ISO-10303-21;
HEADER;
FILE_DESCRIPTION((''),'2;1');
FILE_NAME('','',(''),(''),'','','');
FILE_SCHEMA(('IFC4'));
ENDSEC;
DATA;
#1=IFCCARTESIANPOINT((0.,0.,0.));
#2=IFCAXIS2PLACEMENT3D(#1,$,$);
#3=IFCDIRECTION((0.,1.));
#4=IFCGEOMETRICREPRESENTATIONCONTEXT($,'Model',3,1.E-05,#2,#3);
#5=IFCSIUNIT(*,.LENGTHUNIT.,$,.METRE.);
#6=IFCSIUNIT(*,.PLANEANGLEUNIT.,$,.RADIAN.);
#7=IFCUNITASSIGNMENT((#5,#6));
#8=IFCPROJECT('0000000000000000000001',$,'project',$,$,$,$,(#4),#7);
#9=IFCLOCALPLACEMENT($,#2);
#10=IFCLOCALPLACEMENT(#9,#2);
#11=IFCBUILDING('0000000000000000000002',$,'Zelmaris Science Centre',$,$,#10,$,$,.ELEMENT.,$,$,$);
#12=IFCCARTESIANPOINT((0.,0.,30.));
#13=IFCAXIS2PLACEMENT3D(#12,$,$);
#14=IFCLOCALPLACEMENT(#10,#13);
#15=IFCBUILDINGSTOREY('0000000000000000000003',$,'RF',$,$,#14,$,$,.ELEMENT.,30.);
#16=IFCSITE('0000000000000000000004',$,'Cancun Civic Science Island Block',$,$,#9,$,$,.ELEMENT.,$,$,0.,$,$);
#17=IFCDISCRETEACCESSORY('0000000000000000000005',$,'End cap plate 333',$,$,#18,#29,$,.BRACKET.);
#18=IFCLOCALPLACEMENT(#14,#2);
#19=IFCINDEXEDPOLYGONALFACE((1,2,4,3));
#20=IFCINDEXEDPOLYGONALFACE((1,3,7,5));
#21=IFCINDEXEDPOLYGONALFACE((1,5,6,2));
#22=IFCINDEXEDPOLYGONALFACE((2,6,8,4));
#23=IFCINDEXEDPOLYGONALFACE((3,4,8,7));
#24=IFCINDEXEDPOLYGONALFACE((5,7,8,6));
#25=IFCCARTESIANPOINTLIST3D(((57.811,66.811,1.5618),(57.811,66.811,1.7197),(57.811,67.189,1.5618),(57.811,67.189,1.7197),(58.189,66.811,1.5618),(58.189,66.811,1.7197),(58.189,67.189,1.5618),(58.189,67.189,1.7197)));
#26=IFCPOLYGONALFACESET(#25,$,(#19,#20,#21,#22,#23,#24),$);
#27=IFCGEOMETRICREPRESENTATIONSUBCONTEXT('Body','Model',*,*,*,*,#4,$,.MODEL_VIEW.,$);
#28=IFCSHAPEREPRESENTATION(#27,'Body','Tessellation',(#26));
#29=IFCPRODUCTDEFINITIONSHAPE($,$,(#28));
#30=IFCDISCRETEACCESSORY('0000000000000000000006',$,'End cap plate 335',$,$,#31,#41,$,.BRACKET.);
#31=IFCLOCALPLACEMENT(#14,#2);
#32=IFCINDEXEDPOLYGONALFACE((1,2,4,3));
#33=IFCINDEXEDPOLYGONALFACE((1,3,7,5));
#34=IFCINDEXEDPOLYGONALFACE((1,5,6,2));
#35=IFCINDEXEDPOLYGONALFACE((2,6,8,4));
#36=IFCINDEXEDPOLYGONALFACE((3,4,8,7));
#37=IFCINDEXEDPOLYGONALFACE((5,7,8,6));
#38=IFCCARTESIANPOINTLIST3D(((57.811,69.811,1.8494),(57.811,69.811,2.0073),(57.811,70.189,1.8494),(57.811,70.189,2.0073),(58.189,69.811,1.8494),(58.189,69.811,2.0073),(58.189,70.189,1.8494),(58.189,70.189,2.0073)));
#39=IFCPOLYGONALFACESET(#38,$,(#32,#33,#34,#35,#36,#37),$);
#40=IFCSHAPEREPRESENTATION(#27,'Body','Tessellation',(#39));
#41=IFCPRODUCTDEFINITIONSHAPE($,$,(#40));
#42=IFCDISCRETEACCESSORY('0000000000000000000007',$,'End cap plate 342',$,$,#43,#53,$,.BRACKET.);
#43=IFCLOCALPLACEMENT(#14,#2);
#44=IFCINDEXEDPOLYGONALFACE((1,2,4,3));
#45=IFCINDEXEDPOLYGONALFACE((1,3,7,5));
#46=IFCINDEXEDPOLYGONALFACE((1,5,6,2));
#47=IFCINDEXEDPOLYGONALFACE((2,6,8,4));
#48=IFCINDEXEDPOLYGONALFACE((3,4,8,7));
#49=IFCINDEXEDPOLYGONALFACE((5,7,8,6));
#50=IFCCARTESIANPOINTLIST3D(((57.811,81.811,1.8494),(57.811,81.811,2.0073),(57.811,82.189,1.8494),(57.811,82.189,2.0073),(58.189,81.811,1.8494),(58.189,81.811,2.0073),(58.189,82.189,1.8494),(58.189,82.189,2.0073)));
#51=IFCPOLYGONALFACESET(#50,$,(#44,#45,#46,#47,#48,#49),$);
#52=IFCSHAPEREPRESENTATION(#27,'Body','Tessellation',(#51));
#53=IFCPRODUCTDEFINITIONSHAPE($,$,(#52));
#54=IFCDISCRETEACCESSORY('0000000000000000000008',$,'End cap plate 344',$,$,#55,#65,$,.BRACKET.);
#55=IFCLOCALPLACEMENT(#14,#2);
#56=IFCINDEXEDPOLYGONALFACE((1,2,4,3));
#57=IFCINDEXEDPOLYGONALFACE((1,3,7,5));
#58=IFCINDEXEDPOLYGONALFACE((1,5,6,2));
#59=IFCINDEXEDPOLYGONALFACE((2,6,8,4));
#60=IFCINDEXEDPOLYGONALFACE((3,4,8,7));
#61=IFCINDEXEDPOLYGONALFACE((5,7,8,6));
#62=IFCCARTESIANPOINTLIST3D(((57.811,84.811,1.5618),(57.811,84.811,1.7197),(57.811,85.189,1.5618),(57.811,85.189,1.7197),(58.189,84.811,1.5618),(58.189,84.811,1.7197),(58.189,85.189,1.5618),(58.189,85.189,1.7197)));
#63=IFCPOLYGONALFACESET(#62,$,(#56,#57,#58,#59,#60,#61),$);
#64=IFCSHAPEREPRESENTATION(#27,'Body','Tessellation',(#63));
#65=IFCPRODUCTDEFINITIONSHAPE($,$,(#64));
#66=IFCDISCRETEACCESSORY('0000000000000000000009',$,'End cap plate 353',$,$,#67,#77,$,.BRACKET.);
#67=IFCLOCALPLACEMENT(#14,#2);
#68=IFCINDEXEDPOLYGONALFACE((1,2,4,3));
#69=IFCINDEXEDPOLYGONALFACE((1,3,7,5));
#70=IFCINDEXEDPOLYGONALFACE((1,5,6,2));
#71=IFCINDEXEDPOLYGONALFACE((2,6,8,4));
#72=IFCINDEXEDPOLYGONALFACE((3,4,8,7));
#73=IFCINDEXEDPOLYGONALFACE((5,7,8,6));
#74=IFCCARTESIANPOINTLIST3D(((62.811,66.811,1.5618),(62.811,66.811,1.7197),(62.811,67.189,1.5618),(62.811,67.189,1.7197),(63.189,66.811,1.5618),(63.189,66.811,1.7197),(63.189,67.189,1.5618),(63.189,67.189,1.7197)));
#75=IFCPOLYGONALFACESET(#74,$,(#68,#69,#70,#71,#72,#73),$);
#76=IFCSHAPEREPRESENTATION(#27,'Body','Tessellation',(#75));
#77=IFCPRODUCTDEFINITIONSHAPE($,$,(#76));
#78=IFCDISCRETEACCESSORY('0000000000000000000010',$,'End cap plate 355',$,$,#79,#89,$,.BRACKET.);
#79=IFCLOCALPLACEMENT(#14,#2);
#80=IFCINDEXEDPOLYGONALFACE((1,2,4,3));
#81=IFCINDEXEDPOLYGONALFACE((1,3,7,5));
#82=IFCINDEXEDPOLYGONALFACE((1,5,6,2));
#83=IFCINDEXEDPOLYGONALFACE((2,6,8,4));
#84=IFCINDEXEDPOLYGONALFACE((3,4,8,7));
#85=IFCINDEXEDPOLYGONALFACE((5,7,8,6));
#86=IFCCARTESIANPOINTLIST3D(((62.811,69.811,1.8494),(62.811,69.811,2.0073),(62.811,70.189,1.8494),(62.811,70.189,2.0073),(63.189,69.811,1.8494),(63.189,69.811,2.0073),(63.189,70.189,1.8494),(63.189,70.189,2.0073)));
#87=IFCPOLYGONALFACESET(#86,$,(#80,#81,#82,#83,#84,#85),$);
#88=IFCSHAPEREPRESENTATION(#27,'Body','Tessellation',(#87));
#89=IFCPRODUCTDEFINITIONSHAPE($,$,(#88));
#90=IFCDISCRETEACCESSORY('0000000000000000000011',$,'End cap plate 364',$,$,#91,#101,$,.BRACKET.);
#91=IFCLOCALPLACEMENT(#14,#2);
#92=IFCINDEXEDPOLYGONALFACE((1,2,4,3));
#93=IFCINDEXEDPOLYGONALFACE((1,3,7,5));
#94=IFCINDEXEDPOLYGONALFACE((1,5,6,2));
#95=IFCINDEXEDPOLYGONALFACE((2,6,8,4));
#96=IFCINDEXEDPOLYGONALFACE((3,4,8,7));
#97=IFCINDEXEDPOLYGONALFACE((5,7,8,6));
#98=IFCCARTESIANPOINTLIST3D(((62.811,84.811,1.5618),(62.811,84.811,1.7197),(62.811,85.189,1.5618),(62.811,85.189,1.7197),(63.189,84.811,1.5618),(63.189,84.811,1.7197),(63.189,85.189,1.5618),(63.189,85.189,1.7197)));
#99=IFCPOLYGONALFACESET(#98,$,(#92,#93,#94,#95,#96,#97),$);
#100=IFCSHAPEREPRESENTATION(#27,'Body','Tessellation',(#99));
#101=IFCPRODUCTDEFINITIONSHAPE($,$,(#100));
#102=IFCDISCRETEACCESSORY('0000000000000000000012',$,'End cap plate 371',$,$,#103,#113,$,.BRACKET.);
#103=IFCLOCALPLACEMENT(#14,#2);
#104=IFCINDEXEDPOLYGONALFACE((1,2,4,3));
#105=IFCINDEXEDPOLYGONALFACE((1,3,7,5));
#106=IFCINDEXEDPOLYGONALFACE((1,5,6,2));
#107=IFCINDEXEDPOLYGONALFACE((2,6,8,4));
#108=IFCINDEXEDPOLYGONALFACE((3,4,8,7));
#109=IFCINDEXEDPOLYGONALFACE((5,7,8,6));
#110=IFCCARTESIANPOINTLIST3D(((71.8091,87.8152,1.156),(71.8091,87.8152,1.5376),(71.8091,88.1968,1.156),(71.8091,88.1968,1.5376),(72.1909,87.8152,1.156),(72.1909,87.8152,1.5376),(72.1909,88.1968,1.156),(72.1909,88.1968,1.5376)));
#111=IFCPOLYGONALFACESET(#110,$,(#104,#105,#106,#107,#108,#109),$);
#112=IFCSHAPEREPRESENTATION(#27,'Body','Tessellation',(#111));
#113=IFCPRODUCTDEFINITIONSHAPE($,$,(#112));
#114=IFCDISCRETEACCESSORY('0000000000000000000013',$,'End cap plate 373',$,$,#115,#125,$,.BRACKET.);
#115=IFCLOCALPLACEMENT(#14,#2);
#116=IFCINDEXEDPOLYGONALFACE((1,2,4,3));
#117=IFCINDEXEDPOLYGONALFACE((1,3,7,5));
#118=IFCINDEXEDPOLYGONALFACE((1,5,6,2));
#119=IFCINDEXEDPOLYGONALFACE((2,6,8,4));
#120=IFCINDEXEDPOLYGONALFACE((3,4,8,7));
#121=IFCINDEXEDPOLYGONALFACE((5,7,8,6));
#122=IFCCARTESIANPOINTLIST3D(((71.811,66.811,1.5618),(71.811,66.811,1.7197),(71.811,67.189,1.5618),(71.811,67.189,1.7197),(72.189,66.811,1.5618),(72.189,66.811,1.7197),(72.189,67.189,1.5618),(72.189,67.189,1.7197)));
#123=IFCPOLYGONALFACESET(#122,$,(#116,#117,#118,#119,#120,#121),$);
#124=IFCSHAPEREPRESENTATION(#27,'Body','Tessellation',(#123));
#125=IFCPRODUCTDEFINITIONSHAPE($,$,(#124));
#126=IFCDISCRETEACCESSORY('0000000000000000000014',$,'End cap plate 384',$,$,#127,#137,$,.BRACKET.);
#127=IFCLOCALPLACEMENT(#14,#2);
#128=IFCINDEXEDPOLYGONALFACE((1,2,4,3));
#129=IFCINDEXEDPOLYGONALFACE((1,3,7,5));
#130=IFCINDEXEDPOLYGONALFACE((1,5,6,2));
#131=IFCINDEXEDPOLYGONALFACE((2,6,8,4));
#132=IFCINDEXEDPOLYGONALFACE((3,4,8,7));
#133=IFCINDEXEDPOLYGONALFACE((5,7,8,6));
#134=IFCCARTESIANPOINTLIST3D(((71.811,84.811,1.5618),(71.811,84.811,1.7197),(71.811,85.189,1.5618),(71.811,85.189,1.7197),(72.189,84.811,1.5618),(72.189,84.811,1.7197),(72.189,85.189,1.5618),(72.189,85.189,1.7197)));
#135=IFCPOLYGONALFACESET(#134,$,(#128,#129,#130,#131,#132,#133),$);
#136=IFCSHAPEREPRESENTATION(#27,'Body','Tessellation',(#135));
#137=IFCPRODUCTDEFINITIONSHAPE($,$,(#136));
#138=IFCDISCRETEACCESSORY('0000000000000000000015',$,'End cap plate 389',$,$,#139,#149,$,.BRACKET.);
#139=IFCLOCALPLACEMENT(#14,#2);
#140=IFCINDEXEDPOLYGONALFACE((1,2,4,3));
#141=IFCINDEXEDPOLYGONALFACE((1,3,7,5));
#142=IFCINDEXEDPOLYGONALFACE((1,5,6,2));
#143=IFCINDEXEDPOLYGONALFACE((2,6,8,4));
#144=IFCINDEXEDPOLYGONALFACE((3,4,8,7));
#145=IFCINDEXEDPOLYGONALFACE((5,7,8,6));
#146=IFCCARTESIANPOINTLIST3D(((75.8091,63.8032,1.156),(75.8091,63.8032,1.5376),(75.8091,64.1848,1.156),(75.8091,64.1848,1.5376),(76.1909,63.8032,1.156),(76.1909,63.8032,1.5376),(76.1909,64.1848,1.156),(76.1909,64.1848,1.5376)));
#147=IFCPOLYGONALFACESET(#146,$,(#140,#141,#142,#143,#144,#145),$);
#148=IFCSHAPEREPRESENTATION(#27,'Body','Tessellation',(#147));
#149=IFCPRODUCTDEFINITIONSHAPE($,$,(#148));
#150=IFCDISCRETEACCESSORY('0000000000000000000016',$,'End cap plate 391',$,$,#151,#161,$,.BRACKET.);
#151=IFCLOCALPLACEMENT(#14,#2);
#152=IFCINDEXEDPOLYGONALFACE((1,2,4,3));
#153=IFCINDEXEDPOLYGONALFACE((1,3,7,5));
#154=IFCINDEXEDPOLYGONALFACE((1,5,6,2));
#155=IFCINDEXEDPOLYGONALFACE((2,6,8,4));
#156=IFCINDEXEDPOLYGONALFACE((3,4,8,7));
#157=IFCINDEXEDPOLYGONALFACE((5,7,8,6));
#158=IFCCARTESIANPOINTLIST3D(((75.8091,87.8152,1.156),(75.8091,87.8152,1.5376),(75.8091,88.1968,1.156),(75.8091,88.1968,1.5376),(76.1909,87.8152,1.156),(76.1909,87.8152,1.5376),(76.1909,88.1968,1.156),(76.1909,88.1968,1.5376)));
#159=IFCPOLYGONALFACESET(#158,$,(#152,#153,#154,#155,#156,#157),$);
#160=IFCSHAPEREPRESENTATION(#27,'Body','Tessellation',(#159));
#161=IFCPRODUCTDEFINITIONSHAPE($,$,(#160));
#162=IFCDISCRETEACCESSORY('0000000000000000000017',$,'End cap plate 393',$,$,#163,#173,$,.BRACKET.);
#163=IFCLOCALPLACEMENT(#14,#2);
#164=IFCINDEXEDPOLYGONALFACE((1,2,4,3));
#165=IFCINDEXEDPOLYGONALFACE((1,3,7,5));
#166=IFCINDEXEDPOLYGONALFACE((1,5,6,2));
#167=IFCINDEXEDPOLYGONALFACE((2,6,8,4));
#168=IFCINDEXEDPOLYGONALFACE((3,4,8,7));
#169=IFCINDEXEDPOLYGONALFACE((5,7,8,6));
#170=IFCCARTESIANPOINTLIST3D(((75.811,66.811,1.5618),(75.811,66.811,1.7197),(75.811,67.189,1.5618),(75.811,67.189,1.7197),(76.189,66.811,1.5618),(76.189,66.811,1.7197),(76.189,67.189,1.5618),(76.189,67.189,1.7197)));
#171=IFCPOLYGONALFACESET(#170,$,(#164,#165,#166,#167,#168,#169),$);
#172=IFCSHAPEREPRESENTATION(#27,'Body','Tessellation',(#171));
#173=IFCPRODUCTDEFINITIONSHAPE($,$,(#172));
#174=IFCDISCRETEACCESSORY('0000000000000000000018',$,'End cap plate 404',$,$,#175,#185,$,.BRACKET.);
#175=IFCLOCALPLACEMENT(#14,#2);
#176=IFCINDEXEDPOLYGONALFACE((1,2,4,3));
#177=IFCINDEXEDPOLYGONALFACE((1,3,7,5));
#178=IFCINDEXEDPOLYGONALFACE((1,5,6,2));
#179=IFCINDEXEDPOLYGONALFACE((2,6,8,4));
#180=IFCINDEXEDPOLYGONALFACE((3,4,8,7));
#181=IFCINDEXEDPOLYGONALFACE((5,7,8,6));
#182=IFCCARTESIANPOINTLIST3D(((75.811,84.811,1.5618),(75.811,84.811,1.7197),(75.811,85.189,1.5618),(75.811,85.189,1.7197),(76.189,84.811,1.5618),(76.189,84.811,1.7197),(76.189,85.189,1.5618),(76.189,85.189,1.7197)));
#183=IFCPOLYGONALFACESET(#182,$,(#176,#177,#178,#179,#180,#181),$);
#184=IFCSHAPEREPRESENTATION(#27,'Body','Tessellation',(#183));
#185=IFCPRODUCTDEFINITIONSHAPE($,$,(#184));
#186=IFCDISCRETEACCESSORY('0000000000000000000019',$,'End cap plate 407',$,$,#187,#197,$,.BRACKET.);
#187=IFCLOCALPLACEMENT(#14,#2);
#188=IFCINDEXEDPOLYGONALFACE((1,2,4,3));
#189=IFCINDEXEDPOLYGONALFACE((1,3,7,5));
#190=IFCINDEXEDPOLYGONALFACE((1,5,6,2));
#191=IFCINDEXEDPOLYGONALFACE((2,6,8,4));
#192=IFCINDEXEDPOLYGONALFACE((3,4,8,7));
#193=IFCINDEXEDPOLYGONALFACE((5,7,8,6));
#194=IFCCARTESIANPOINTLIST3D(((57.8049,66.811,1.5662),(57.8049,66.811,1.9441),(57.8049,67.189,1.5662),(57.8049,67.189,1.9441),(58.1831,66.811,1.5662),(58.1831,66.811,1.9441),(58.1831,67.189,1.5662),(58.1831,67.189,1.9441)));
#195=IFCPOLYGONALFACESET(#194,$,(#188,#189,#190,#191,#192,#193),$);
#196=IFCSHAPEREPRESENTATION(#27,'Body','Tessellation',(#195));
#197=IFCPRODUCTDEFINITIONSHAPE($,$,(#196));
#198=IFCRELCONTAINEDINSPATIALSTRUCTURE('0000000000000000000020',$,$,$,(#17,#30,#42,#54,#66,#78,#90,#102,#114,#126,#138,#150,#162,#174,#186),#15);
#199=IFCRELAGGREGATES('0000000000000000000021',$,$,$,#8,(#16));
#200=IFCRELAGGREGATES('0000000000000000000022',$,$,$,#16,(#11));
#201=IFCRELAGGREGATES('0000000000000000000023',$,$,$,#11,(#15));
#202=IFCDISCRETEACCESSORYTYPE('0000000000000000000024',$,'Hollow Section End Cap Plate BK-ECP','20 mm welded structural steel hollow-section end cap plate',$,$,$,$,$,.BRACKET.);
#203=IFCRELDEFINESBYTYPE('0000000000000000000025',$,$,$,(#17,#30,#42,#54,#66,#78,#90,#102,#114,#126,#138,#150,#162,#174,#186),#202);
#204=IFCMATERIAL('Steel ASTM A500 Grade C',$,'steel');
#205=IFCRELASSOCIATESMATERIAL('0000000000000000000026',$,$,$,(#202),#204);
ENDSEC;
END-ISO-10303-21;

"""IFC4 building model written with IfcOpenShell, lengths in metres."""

from ifc_helpers import new_model, si_unit, direction, frame, origin, place, context, subcontext, project, spatial, polyline, outline, extrude, material, type_object, element, save


model = new_model("IFC4")

# Units and contexts
model_context = context("Model", 3, precision=1e-05, world=origin(), true_north=direction((0.0, 1.0)))
body_context = subcontext(model_context, "Body", "Model", "MODEL_VIEW")
ifc_project = project(units=[si_unit("LENGTHUNIT", "METRE"), si_unit("PLANEANGLEUNIT", "RADIAN")], contexts=[model_context])

# Site, building, storey
site_placement = place(None, origin())
site = spatial("IfcSite", under=ifc_project, at=site_placement, Name="Cancun Civic Science Island Block", CompositionType="ELEMENT", RefElevation=0.0)
building_placement = place(site_placement, origin())
building = spatial("IfcBuilding", under=site, at=building_placement, Name="Zelmaris Science Centre", CompositionType="ELEMENT")
storey_placement = place(building_placement, frame((0.0, 0.0, 30.0)))
storey = spatial("IfcBuildingStorey", under=building, at=storey_placement, Name="RF", CompositionType="ELEMENT", Elevation=30.0)

# Discrete accessories
ifc_material = material(Name="Steel ASTM A500 Grade C", Category="steel")
discrete_accessory_type = type_object("IfcDiscreteAccessoryType", Name="Hollow Section End Cap Plate BK-ECP", Description="20 mm welded structural steel hollow-section end cap plate", PredefinedType="BRACKET", material=ifc_material)
discrete_accessory_1_placement = place(storey_placement, frame((0.0, 0.0, 1.5618)))
element("IfcDiscreteAccessory", 1, at=discrete_accessory_1_placement, inside=storey, type_object=discrete_accessory_type, Name="End cap plate 333", PredefinedType="BRACKET", context=body_context, shape_type="SweptSolid", body=[
    extrude(outline(polyline([(57.811, 66.811), (58.189, 66.811), (58.189, 67.189), (57.811, 67.189), (57.811, 66.811)])), origin(), (0.0, 0.0, 1.0), 0.158),
])
discrete_accessory_2_placement = place(storey_placement, frame((0.0, 0.0, 1.8494)))
element("IfcDiscreteAccessory", 2, at=discrete_accessory_2_placement, inside=storey, type_object=discrete_accessory_type, Name="End cap plate 335", PredefinedType="BRACKET", context=body_context, shape_type="SweptSolid", body=[
    extrude(outline(polyline([(57.811, 69.811), (58.189, 69.811), (58.189, 70.189), (57.811, 70.189), (57.811, 69.811)])), origin(), (0.0, 0.0, 1.0), 0.158),
])
discrete_accessory_3_placement = place(storey_placement, frame((0.0, 0.0, 1.8494)))
element("IfcDiscreteAccessory", 3, at=discrete_accessory_3_placement, inside=storey, type_object=discrete_accessory_type, Name="End cap plate 342", PredefinedType="BRACKET", context=body_context, shape_type="SweptSolid", body=[
    extrude(outline(polyline([(57.811, 81.811), (58.189, 81.811), (58.189, 82.189), (57.811, 82.189), (57.811, 81.811)])), origin(), (0.0, 0.0, 1.0), 0.158),
])
discrete_accessory_4_placement = place(storey_placement, frame((0.0, 0.0, 1.5618)))
element("IfcDiscreteAccessory", 4, at=discrete_accessory_4_placement, inside=storey, type_object=discrete_accessory_type, Name="End cap plate 344", PredefinedType="BRACKET", context=body_context, shape_type="SweptSolid", body=[
    extrude(outline(polyline([(57.811, 84.811), (58.189, 84.811), (58.189, 85.189), (57.811, 85.189), (57.811, 84.811)])), origin(), (0.0, 0.0, 1.0), 0.158),
])
discrete_accessory_5_placement = place(storey_placement, frame((0.0, 0.0, 1.5618)))
element("IfcDiscreteAccessory", 5, at=discrete_accessory_5_placement, inside=storey, type_object=discrete_accessory_type, Name="End cap plate 353", PredefinedType="BRACKET", context=body_context, shape_type="SweptSolid", body=[
    extrude(outline(polyline([(62.811, 66.811), (63.189, 66.811), (63.189, 67.189), (62.811, 67.189), (62.811, 66.811)])), origin(), (0.0, 0.0, 1.0), 0.158),
])
discrete_accessory_6_placement = place(storey_placement, frame((0.0, 0.0, 1.8494)))
element("IfcDiscreteAccessory", 6, at=discrete_accessory_6_placement, inside=storey, type_object=discrete_accessory_type, Name="End cap plate 355", PredefinedType="BRACKET", context=body_context, shape_type="SweptSolid", body=[
    extrude(outline(polyline([(62.811, 69.811), (63.189, 69.811), (63.189, 70.189), (62.811, 70.189), (62.811, 69.811)])), origin(), (0.0, 0.0, 1.0), 0.158),
])
discrete_accessory_7_placement = place(storey_placement, frame((0.0, 0.0, 1.5618)))
element("IfcDiscreteAccessory", 7, at=discrete_accessory_7_placement, inside=storey, type_object=discrete_accessory_type, Name="End cap plate 364", PredefinedType="BRACKET", context=body_context, shape_type="SweptSolid", body=[
    extrude(outline(polyline([(62.811, 84.811), (63.189, 84.811), (63.189, 85.189), (62.811, 85.189), (62.811, 84.811)])), origin(), (0.0, 0.0, 1.0), 0.158),
])
discrete_accessory_8_placement = place(storey_placement, frame((0.0, 0.0, 1.156)))
element("IfcDiscreteAccessory", 8, at=discrete_accessory_8_placement, inside=storey, type_object=discrete_accessory_type, Name="End cap plate 371", PredefinedType="BRACKET", context=body_context, shape_type="SweptSolid", body=[
    extrude(outline(polyline([(71.8091, 87.8152), (72.1909, 87.8152), (72.1909, 88.1968), (71.8091, 88.1968), (71.8091, 87.8152)])), origin(), (0.0, 0.0, 1.0), 0.3816),
])
discrete_accessory_9_placement = place(storey_placement, frame((0.0, 0.0, 1.5618)))
element("IfcDiscreteAccessory", 9, at=discrete_accessory_9_placement, inside=storey, type_object=discrete_accessory_type, Name="End cap plate 373", PredefinedType="BRACKET", context=body_context, shape_type="SweptSolid", body=[
    extrude(outline(polyline([(71.811, 66.811), (72.189, 66.811), (72.189, 67.189), (71.811, 67.189), (71.811, 66.811)])), origin(), (0.0, 0.0, 1.0), 0.158),
])
discrete_accessory_10_placement = place(storey_placement, frame((0.0, 0.0, 1.5618)))
element("IfcDiscreteAccessory", 10, at=discrete_accessory_10_placement, inside=storey, type_object=discrete_accessory_type, Name="End cap plate 384", PredefinedType="BRACKET", context=body_context, shape_type="SweptSolid", body=[
    extrude(outline(polyline([(71.811, 84.811), (72.189, 84.811), (72.189, 85.189), (71.811, 85.189), (71.811, 84.811)])), origin(), (0.0, 0.0, 1.0), 0.158),
])
discrete_accessory_11_placement = place(storey_placement, frame((0.0, 0.0, 1.156)))
element("IfcDiscreteAccessory", 11, at=discrete_accessory_11_placement, inside=storey, type_object=discrete_accessory_type, Name="End cap plate 389", PredefinedType="BRACKET", context=body_context, shape_type="SweptSolid", body=[
    extrude(outline(polyline([(75.8091, 63.8032), (76.1909, 63.8032), (76.1909, 64.1848), (75.8091, 64.1848), (75.8091, 63.8032)])), origin(), (0.0, 0.0, 1.0), 0.3816),
])
discrete_accessory_12_placement = place(storey_placement, frame((0.0, 0.0, 1.156)))
element("IfcDiscreteAccessory", 12, at=discrete_accessory_12_placement, inside=storey, type_object=discrete_accessory_type, Name="End cap plate 391", PredefinedType="BRACKET", context=body_context, shape_type="SweptSolid", body=[
    extrude(outline(polyline([(75.8091, 87.8152), (76.1909, 87.8152), (76.1909, 88.1968), (75.8091, 88.1968), (75.8091, 87.8152)])), origin(), (0.0, 0.0, 1.0), 0.3816),
])
discrete_accessory_13_placement = place(storey_placement, frame((0.0, 0.0, 1.5618)))
element("IfcDiscreteAccessory", 13, at=discrete_accessory_13_placement, inside=storey, type_object=discrete_accessory_type, Name="End cap plate 393", PredefinedType="BRACKET", context=body_context, shape_type="SweptSolid", body=[
    extrude(outline(polyline([(75.811, 66.811), (76.189, 66.811), (76.189, 67.189), (75.811, 67.189), (75.811, 66.811)])), origin(), (0.0, 0.0, 1.0), 0.158),
])
discrete_accessory_14_placement = place(storey_placement, frame((0.0, 0.0, 1.5618)))
element("IfcDiscreteAccessory", 14, at=discrete_accessory_14_placement, inside=storey, type_object=discrete_accessory_type, Name="End cap plate 404", PredefinedType="BRACKET", context=body_context, shape_type="SweptSolid", body=[
    extrude(outline(polyline([(75.811, 84.811), (76.189, 84.811), (76.189, 85.189), (75.811, 85.189), (75.811, 84.811)])), origin(), (0.0, 0.0, 1.0), 0.158),
])
discrete_accessory_15_placement = place(storey_placement, frame((0.0, 0.0, 1.5662)))
element("IfcDiscreteAccessory", 15, at=discrete_accessory_15_placement, inside=storey, type_object=discrete_accessory_type, Name="End cap plate 407", PredefinedType="BRACKET", context=body_context, shape_type="SweptSolid", body=[
    extrude(outline(polyline([(57.8049, 66.811), (58.1831, 66.811), (58.1831, 67.189), (57.8049, 67.189), (57.8049, 66.811)])), origin(), (0.0, 0.0, 1.0), 0.3779),
])

save(model, "model.ifc")
